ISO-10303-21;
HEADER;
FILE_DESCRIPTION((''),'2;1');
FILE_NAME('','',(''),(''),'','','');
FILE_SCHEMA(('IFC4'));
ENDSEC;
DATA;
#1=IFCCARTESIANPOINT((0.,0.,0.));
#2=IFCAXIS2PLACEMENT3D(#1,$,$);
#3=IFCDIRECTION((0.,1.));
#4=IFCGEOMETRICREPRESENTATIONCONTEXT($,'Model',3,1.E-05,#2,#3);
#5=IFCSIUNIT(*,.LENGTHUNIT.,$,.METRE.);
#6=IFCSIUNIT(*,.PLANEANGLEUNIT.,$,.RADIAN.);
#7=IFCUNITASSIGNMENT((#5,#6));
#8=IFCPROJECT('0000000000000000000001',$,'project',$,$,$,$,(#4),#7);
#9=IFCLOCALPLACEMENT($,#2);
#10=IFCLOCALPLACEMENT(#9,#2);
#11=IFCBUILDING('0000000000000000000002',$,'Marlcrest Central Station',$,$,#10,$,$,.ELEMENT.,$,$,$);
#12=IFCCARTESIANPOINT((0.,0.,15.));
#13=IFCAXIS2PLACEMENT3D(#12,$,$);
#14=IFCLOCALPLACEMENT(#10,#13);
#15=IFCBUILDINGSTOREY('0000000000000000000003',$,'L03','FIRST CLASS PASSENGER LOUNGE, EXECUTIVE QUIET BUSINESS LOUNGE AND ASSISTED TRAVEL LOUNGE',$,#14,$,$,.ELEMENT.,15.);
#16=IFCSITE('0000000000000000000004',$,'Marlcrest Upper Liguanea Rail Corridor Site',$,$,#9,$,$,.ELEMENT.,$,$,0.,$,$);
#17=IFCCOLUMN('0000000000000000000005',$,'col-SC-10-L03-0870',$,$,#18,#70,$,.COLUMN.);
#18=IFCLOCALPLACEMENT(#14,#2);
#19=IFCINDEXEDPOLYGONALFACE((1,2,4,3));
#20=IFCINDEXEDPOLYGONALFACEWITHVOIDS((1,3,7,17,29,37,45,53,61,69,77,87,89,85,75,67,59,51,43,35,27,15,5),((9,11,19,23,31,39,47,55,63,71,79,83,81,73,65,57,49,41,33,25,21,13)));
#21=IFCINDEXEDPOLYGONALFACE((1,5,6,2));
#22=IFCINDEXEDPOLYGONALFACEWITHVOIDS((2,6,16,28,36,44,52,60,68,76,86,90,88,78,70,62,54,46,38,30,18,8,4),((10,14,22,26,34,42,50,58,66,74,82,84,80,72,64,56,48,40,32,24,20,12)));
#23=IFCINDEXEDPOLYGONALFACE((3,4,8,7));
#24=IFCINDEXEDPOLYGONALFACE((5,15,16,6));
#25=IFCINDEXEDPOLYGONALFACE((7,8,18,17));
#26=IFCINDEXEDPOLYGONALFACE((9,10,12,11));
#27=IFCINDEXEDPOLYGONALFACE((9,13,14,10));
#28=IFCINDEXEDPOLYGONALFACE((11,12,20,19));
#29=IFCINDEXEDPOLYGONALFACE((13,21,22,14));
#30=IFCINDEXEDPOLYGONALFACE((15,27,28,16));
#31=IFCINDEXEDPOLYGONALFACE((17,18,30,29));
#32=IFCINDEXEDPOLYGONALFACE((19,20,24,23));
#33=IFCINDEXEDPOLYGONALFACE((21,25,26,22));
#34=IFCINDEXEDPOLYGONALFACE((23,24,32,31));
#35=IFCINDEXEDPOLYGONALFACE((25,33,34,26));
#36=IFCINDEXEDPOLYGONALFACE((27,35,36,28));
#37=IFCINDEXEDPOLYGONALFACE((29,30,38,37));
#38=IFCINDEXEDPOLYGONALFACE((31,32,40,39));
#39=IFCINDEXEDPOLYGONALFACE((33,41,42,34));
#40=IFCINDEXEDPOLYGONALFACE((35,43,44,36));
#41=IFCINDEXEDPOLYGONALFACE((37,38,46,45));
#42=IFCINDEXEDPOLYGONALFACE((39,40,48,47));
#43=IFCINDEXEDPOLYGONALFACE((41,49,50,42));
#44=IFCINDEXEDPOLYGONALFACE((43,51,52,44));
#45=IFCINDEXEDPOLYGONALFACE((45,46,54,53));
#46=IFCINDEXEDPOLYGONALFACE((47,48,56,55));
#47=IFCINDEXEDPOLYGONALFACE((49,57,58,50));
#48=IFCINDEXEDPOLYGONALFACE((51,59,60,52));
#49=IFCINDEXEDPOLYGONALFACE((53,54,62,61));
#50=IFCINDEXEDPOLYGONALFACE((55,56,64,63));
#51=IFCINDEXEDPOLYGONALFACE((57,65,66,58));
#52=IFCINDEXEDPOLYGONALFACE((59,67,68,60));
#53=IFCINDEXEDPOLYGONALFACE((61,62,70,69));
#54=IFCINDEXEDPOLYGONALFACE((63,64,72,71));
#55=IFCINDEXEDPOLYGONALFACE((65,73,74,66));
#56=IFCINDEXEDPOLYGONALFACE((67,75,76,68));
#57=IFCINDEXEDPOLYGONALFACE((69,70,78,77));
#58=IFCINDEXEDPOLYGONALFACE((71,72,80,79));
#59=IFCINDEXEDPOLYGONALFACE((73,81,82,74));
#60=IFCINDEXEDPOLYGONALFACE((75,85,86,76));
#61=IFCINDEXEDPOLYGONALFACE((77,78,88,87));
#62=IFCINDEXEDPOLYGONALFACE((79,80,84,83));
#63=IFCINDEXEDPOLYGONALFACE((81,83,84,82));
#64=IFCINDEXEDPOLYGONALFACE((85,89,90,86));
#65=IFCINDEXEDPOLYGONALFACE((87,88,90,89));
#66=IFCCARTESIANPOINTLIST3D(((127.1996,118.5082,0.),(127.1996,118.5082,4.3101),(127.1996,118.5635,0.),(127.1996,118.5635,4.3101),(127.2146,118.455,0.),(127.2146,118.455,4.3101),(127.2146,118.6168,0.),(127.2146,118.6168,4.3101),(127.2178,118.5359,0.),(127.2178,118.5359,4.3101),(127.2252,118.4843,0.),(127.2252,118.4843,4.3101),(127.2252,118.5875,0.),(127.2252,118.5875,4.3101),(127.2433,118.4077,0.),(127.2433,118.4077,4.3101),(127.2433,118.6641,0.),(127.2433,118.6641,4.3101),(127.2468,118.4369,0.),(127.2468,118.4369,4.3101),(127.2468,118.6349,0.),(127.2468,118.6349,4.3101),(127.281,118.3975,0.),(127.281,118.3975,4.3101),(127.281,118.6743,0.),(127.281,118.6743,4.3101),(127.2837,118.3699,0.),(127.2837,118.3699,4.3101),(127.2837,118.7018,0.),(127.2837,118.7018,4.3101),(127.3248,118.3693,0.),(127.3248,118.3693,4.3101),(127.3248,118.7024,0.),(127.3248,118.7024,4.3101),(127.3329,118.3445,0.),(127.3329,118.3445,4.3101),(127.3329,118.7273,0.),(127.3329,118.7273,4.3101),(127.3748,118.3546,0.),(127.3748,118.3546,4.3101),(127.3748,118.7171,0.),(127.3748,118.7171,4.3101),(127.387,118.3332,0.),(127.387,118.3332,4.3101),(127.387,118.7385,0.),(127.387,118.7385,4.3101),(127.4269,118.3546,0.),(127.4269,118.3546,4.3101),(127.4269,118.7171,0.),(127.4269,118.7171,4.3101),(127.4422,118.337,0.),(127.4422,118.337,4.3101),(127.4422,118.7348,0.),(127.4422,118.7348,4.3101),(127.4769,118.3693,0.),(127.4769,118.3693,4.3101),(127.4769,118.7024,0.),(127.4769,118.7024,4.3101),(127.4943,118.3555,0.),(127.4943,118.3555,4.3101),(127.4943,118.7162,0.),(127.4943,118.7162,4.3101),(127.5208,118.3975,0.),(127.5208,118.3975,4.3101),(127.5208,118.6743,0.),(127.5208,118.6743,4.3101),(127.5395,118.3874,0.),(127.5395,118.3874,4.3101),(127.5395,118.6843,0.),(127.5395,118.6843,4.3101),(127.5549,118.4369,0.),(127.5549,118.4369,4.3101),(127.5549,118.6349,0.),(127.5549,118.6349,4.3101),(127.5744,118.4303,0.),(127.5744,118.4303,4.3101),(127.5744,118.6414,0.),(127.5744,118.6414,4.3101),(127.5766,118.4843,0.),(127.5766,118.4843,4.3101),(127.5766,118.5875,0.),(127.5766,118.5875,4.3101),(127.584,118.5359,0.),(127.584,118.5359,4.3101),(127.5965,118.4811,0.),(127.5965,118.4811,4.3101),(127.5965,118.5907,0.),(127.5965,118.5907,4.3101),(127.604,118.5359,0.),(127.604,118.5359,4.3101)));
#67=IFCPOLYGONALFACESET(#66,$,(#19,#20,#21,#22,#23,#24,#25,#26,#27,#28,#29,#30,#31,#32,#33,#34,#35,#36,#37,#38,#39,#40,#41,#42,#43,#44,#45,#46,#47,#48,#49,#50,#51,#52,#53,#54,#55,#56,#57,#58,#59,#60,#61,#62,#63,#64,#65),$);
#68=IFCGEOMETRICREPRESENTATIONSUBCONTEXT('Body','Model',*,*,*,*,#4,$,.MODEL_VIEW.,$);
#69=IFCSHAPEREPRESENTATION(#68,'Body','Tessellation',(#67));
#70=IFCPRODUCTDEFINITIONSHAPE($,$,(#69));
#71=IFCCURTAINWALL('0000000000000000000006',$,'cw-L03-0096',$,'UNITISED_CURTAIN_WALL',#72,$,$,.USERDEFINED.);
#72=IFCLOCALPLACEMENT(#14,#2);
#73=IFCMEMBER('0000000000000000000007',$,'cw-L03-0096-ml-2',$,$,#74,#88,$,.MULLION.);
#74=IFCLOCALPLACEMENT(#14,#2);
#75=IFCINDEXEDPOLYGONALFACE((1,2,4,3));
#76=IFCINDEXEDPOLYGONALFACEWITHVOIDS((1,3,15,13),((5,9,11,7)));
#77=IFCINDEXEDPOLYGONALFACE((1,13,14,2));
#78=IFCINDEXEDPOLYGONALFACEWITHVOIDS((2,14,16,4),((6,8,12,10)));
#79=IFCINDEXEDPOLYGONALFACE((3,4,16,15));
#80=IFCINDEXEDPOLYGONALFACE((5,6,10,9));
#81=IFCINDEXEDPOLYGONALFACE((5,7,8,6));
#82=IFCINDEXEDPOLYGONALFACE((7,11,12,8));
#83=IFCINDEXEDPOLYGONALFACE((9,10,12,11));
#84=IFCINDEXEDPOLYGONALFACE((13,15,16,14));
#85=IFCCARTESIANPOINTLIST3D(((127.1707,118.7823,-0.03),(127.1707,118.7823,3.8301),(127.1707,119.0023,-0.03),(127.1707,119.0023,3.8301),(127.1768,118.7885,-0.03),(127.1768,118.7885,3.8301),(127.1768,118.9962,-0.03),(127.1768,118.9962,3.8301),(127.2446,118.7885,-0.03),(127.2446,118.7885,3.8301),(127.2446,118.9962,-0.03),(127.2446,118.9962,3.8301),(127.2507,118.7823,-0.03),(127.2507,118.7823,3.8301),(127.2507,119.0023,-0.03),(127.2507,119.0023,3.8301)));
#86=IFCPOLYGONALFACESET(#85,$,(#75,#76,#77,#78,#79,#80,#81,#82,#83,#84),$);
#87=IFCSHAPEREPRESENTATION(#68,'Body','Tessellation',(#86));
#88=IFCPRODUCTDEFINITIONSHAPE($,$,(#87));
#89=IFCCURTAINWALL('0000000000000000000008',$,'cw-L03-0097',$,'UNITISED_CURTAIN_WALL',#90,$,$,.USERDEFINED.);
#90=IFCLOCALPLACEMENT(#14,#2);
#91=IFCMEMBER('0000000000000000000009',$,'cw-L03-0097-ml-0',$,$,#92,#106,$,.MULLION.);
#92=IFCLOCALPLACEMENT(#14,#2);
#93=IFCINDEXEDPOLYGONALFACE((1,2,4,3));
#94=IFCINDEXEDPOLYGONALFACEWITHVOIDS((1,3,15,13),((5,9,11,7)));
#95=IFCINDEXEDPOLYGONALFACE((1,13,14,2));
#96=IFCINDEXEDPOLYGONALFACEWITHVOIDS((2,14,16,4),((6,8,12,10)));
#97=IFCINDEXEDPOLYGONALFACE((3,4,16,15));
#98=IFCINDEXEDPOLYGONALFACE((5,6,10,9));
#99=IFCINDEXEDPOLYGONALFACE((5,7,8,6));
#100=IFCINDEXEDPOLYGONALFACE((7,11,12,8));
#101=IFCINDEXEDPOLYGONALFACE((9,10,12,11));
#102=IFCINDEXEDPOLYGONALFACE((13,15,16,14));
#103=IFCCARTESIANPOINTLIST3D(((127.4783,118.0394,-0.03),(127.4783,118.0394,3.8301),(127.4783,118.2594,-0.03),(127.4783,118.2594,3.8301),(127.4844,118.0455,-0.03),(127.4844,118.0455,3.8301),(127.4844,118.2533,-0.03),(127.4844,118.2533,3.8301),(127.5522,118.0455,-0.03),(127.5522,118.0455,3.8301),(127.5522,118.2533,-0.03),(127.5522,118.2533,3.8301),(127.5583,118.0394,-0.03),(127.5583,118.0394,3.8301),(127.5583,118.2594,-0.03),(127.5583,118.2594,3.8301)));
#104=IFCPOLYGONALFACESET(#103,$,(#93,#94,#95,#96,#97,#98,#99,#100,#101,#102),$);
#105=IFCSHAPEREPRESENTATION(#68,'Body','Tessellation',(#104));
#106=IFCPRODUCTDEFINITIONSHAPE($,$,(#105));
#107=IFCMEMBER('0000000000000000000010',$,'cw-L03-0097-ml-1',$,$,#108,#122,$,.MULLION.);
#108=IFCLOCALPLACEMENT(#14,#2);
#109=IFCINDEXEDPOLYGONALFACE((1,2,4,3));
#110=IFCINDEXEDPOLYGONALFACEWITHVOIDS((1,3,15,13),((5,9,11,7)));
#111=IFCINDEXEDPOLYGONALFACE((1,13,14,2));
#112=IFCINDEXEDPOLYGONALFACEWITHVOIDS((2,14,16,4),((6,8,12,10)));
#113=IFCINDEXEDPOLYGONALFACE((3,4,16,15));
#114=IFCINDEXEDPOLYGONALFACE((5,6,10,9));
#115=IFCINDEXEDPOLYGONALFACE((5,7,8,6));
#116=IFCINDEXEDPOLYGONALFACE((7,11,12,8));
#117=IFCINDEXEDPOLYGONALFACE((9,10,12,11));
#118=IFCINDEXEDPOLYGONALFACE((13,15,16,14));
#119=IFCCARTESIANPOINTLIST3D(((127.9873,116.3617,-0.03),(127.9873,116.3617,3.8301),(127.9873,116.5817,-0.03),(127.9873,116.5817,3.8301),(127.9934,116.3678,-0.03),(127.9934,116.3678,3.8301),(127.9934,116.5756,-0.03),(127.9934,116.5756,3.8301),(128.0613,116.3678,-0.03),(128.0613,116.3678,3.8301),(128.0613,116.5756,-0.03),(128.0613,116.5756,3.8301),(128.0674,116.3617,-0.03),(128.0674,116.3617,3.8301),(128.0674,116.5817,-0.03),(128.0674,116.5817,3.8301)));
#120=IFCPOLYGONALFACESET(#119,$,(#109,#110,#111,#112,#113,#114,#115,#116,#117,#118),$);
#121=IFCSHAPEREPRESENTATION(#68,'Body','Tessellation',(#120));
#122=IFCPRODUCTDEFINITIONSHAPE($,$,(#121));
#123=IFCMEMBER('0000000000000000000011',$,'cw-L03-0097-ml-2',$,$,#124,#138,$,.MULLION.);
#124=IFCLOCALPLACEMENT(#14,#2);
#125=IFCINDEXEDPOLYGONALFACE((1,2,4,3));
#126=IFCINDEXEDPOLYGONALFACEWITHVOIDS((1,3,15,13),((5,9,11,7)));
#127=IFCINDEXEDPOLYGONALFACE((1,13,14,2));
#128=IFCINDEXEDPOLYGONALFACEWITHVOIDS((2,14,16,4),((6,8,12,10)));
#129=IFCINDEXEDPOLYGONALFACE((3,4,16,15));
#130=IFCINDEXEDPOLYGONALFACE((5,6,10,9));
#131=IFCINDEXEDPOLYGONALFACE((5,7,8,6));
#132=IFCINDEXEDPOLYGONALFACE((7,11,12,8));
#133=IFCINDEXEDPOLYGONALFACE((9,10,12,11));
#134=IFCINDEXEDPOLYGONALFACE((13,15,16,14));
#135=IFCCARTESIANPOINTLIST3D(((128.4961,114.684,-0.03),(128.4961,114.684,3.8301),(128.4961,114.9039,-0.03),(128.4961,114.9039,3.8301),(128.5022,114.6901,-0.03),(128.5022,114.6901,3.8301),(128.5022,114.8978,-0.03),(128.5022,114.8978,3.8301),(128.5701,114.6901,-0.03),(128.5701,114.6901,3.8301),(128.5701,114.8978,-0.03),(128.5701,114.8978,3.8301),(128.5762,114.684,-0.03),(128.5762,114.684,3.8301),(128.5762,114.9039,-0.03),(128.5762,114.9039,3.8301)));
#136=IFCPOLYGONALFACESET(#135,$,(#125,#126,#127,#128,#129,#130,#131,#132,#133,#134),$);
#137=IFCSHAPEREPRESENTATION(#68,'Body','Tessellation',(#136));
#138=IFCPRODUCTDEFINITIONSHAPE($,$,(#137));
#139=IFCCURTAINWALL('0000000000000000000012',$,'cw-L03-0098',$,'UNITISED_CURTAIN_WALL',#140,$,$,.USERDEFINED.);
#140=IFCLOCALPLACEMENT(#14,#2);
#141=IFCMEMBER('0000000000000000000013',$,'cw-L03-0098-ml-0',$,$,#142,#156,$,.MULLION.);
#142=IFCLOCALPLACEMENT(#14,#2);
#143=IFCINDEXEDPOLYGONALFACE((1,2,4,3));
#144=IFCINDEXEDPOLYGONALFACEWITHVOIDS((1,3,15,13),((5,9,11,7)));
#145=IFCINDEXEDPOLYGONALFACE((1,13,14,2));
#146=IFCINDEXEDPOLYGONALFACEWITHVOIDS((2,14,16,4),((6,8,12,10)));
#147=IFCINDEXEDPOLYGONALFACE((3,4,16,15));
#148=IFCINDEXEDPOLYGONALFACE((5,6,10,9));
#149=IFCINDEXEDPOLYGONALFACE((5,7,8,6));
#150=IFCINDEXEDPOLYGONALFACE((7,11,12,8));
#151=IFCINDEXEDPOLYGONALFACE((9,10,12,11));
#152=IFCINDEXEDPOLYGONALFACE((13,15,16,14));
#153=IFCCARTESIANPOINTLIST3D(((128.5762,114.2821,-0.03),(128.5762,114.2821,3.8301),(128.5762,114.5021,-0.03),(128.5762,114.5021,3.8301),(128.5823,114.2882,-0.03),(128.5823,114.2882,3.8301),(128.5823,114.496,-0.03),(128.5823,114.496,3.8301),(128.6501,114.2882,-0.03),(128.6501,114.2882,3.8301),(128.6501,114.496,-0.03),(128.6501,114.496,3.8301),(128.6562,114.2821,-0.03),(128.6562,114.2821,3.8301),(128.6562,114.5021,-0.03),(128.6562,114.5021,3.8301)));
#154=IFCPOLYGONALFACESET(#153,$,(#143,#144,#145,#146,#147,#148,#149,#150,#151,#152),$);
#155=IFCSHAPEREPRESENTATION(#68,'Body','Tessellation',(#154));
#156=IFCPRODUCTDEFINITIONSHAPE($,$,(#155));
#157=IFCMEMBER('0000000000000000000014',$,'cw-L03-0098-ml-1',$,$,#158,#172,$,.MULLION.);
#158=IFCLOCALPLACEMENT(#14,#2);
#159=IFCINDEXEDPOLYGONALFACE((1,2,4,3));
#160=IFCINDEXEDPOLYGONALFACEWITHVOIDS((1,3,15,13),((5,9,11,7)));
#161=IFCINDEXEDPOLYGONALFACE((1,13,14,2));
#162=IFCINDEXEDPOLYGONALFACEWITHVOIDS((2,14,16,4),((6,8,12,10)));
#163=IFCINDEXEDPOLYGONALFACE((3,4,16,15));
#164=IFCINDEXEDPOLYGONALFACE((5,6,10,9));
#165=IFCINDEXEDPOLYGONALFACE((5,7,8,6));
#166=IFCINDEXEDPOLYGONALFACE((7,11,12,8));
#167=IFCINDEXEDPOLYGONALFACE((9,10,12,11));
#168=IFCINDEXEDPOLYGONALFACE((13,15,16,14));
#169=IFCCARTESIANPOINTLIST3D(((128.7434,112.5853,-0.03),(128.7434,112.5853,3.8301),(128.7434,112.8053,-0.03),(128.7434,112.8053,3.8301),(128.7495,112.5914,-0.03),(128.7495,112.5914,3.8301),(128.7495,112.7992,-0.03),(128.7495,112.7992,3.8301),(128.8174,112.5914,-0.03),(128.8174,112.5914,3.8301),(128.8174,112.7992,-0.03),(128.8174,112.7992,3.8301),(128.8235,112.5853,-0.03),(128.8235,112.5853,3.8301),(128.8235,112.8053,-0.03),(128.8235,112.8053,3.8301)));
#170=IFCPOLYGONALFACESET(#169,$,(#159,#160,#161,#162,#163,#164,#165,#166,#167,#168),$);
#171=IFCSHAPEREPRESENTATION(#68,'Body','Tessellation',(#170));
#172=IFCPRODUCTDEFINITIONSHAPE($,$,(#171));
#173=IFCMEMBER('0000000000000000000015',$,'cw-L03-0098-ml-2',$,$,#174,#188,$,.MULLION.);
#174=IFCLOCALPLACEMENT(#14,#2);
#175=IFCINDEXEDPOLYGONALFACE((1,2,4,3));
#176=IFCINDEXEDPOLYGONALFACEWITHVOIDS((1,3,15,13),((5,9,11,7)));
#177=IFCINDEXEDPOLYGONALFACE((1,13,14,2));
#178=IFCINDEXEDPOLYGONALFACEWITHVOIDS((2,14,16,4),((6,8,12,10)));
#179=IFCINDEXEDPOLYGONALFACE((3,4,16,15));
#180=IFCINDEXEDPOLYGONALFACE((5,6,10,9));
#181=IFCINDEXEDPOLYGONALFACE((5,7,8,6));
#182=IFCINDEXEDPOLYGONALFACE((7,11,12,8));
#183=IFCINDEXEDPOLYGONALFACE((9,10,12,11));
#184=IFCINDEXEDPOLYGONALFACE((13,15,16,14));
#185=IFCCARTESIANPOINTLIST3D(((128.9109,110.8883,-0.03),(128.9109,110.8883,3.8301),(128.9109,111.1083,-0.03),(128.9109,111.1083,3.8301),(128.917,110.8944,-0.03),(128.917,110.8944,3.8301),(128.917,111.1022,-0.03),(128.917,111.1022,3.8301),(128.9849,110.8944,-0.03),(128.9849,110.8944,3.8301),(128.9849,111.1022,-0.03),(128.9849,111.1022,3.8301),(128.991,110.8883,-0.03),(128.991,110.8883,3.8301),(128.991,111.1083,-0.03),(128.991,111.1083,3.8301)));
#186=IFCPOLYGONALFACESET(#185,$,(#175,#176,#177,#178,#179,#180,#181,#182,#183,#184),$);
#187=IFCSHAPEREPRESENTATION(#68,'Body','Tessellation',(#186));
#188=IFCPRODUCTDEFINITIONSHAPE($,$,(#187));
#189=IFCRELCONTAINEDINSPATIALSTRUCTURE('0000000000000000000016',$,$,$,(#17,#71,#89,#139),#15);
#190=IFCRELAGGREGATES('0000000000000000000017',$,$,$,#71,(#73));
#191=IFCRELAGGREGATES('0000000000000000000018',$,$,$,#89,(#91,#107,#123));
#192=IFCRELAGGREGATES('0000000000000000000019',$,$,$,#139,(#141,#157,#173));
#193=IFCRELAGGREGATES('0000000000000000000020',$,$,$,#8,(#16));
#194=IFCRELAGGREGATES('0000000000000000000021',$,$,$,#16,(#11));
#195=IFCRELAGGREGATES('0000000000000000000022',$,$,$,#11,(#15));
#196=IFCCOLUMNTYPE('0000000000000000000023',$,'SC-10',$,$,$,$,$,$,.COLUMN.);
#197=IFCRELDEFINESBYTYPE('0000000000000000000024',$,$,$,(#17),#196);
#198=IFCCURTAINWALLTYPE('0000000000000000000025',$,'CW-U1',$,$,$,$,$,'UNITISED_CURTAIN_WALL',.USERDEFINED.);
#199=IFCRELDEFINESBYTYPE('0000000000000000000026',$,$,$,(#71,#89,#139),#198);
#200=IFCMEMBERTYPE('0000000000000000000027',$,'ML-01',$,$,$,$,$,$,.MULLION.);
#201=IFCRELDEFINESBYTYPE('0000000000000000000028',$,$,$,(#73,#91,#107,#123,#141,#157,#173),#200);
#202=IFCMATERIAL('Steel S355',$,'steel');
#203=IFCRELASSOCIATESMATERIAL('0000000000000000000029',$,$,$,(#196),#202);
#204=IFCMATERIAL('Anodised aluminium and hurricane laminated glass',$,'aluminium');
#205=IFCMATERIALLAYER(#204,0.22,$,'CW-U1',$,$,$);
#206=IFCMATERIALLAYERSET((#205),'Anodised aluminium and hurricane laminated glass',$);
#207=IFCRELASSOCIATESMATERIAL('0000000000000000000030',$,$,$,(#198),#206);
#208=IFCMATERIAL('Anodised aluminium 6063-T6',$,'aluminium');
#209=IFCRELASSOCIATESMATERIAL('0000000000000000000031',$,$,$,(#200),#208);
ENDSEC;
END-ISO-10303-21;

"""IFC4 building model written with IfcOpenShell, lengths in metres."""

from ifc_helpers import new_model, si_unit, direction, frame, origin, origin_2d, place, context, subcontext, project, spatial, hollow_rectangle, hollow_circle, extrude, material, layer, layer_set, material_profile, profile_set, type_object, element, aggregate, save


model = new_model("IFC4")

# Units and contexts
model_context = context("Model", 3, precision=1e-05, world=origin(), true_north=direction((0.0, 1.0)))
body_context = subcontext(model_context, "Body", "Model", "MODEL_VIEW")
ifc_project = project(units=[si_unit("LENGTHUNIT", "METRE"), si_unit("PLANEANGLEUNIT", "RADIAN")], contexts=[model_context])

# Site, building, storey
site_placement = place(None, origin())
site = spatial("IfcSite", under=ifc_project, at=site_placement, Name="Marlcrest Upper Liguanea Rail Corridor Site", CompositionType="ELEMENT", RefElevation=0.0)
building_placement = place(site_placement, origin())
building = spatial("IfcBuilding", under=site, at=building_placement, Name="Marlcrest Central Station", CompositionType="ELEMENT")
storey_placement = place(building_placement, frame((0.0, 0.0, 15.0)))
storey = spatial("IfcBuildingStorey", under=building, at=storey_placement, Name="L03", Description="FIRST CLASS PASSENGER LOUNGE, EXECUTIVE QUIET BUSINESS LOUNGE AND ASSISTED TRAVEL LOUNGE", CompositionType="ELEMENT", Elevation=15.0)

# Column
ifc_material_1 = material(Name="Steel S355", Category="steel")
ifc_material_profile_1 = material_profile(ifc_material_1, hollow_circle(Radius=0.2031, WallThickness=0.02, at=origin_2d()), Name="CHS 406.4x20")
ifc_profile_set_1 = profile_set([ifc_material_profile_1], Name="Steel S355")
column_type = type_object("IfcColumnType", Name="SC-10", PredefinedType="COLUMN", material=ifc_profile_set_1)
column_placement = place(storey_placement, frame((127.4009, 118.5359, 0.0), z_axis=(0.0, 0.0, 1.0), x_axis=(1.0, 0.0, 0.0)))
element("IfcColumn", 1, at=column_placement, inside=storey, type_object=column_type, Name="col-SC-10-L03-0870", PredefinedType="COLUMN", context=body_context, shape_type="SweptSolid", body=[
    extrude(hollow_circle(Radius=0.2031, WallThickness=0.02, at=origin_2d()), origin(), (0.0, 0.0, 1.0), 4.3101),
])

# Curtain wall, member
ifc_material_2 = material(Name="Anodised aluminium and hurricane laminated glass", Category="aluminium")
ifc_layer_1 = layer(ifc_material_2, 0.22, Name="CW-U1")
ifc_layer_set_1 = layer_set([ifc_layer_1], Name="Anodised aluminium and hurricane laminated glass")
curtain_wall_type = type_object("IfcCurtainWallType", Name="CW-U1", ElementType="UNITISED_CURTAIN_WALL", PredefinedType="USERDEFINED", material=ifc_layer_set_1)
curtain_wall_1_placement = place(storey_placement, origin())
curtain_wall_1 = element("IfcCurtainWall", 2, at=curtain_wall_1_placement, inside=storey, type_object=curtain_wall_type, Name="cw-L03-0096", ObjectType="UNITISED_CURTAIN_WALL", PredefinedType="USERDEFINED")
ifc_material_3 = material(Name="Anodised aluminium 6063-T6", Category="aluminium")
ifc_material_profile_2 = material_profile(ifc_material_3, hollow_rectangle(XDim=0.0801, YDim=0.22, WallThickness=0.0061, at=origin_2d()), Name="AA-RHS 220x80x6")
ifc_profile_set_2 = profile_set([ifc_material_profile_2], Name="Anodised aluminium 6063-T6")
member_type_1 = type_object("IfcMemberType", Name="ML-01", PredefinedType="MULLION", material=ifc_profile_set_2)
member_1_placement = place(storey_placement, frame((127.2107, 118.8923, -0.03), z_axis=(0.0, 0.0, 1.0), x_axis=(1.0, 0.0, 0.0)))
member_1 = element("IfcMember", 3, at=member_1_placement, type_object=member_type_1, Name="cw-L03-0096-ml-2", PredefinedType="MULLION", context=body_context, shape_type="SweptSolid", body=[
    extrude(hollow_rectangle(XDim=0.0801, YDim=0.22, WallThickness=0.0061, at=origin_2d()), origin(), (0.0, 0.0, 1.0), 3.8601),
])

# Curtain walls, members
curtain_wall_2_placement = place(storey_placement, origin())
curtain_wall_2 = element("IfcCurtainWall", 4, at=curtain_wall_2_placement, inside=storey, type_object=curtain_wall_type, Name="cw-L03-0097", ObjectType="UNITISED_CURTAIN_WALL", PredefinedType="USERDEFINED")
member_2_placement = place(storey_placement, frame((127.5183, 118.1494, -0.03), z_axis=(0.0, 0.0, 1.0), x_axis=(1.0, 0.0, 0.0)))
member_2 = element("IfcMember", 5, at=member_2_placement, type_object=member_type_1, Name="cw-L03-0097-ml-0", PredefinedType="MULLION", context=body_context, shape_type="SweptSolid", body=[
    extrude(hollow_rectangle(XDim=0.0801, YDim=0.22, WallThickness=0.0061, at=origin_2d()), origin(), (0.0, 0.0, 1.0), 3.8601),
])
member_3_placement = place(storey_placement, frame((128.0273, 116.4717, -0.03), z_axis=(0.0, 0.0, 1.0), x_axis=(1.0, 0.0, 0.0)))
member_3 = element("IfcMember", 6, at=member_3_placement, type_object=member_type_1, Name="cw-L03-0097-ml-1", PredefinedType="MULLION", context=body_context, shape_type="SweptSolid", body=[
    extrude(hollow_rectangle(XDim=0.0801, YDim=0.22, WallThickness=0.0061, at=origin_2d()), origin(), (0.0, 0.0, 1.0), 3.8601),
])
member_4_placement = place(storey_placement, frame((128.5361, 114.7939, -0.03), z_axis=(0.0, 0.0, 1.0), x_axis=(1.0, 0.0, 0.0)))
member_4 = element("IfcMember", 7, at=member_4_placement, type_object=member_type_1, Name="cw-L03-0097-ml-2", PredefinedType="MULLION", context=body_context, shape_type="SweptSolid", body=[
    extrude(hollow_rectangle(XDim=0.0801, YDim=0.22, WallThickness=0.0061, at=origin_2d()), origin(), (0.0, 0.0, 1.0), 3.8601),
])
curtain_wall_3_placement = place(storey_placement, origin())
curtain_wall_3 = element("IfcCurtainWall", 8, at=curtain_wall_3_placement, inside=storey, type_object=curtain_wall_type, Name="cw-L03-0098", ObjectType="UNITISED_CURTAIN_WALL", PredefinedType="USERDEFINED")
member_5_placement = place(storey_placement, frame((128.6162, 114.3921, -0.03), z_axis=(0.0, 0.0, 1.0), x_axis=(1.0, 0.0, 0.0)))
member_5 = element("IfcMember", 9, at=member_5_placement, type_object=member_type_1, Name="cw-L03-0098-ml-0", PredefinedType="MULLION", context=body_context, shape_type="SweptSolid", body=[
    extrude(hollow_rectangle(XDim=0.0801, YDim=0.22, WallThickness=0.0061, at=origin_2d()), origin(), (0.0, 0.0, 1.0), 3.8601),
])
member_6_placement = place(storey_placement, frame((128.7834, 112.6953, -0.03), z_axis=(0.0, 0.0, 1.0), x_axis=(1.0, 0.0, 0.0)))
member_6 = element("IfcMember", 10, at=member_6_placement, type_object=member_type_1, Name="cw-L03-0098-ml-1", PredefinedType="MULLION", context=body_context, shape_type="SweptSolid", body=[
    extrude(hollow_rectangle(XDim=0.0801, YDim=0.22, WallThickness=0.0061, at=origin_2d()), origin(), (0.0, 0.0, 1.0), 3.8601),
])
member_7_placement = place(storey_placement, frame((128.9509, 110.9983, -0.03), z_axis=(0.0, 0.0, 1.0), x_axis=(1.0, 0.0, 0.0)))
member_7 = element("IfcMember", 11, at=member_7_placement, type_object=member_type_1, Name="cw-L03-0098-ml-2", PredefinedType="MULLION", context=body_context, shape_type="SweptSolid", body=[
    extrude(hollow_rectangle(XDim=0.0801, YDim=0.22, WallThickness=0.0061, at=origin_2d()), origin(), (0.0, 0.0, 1.0), 3.8601),
])

aggregate(curtain_wall_1, [member_1])
aggregate(curtain_wall_2, [member_2, member_3, member_4])
aggregate(curtain_wall_3, [member_5, member_6, member_7])

save(model, "model.ifc")
